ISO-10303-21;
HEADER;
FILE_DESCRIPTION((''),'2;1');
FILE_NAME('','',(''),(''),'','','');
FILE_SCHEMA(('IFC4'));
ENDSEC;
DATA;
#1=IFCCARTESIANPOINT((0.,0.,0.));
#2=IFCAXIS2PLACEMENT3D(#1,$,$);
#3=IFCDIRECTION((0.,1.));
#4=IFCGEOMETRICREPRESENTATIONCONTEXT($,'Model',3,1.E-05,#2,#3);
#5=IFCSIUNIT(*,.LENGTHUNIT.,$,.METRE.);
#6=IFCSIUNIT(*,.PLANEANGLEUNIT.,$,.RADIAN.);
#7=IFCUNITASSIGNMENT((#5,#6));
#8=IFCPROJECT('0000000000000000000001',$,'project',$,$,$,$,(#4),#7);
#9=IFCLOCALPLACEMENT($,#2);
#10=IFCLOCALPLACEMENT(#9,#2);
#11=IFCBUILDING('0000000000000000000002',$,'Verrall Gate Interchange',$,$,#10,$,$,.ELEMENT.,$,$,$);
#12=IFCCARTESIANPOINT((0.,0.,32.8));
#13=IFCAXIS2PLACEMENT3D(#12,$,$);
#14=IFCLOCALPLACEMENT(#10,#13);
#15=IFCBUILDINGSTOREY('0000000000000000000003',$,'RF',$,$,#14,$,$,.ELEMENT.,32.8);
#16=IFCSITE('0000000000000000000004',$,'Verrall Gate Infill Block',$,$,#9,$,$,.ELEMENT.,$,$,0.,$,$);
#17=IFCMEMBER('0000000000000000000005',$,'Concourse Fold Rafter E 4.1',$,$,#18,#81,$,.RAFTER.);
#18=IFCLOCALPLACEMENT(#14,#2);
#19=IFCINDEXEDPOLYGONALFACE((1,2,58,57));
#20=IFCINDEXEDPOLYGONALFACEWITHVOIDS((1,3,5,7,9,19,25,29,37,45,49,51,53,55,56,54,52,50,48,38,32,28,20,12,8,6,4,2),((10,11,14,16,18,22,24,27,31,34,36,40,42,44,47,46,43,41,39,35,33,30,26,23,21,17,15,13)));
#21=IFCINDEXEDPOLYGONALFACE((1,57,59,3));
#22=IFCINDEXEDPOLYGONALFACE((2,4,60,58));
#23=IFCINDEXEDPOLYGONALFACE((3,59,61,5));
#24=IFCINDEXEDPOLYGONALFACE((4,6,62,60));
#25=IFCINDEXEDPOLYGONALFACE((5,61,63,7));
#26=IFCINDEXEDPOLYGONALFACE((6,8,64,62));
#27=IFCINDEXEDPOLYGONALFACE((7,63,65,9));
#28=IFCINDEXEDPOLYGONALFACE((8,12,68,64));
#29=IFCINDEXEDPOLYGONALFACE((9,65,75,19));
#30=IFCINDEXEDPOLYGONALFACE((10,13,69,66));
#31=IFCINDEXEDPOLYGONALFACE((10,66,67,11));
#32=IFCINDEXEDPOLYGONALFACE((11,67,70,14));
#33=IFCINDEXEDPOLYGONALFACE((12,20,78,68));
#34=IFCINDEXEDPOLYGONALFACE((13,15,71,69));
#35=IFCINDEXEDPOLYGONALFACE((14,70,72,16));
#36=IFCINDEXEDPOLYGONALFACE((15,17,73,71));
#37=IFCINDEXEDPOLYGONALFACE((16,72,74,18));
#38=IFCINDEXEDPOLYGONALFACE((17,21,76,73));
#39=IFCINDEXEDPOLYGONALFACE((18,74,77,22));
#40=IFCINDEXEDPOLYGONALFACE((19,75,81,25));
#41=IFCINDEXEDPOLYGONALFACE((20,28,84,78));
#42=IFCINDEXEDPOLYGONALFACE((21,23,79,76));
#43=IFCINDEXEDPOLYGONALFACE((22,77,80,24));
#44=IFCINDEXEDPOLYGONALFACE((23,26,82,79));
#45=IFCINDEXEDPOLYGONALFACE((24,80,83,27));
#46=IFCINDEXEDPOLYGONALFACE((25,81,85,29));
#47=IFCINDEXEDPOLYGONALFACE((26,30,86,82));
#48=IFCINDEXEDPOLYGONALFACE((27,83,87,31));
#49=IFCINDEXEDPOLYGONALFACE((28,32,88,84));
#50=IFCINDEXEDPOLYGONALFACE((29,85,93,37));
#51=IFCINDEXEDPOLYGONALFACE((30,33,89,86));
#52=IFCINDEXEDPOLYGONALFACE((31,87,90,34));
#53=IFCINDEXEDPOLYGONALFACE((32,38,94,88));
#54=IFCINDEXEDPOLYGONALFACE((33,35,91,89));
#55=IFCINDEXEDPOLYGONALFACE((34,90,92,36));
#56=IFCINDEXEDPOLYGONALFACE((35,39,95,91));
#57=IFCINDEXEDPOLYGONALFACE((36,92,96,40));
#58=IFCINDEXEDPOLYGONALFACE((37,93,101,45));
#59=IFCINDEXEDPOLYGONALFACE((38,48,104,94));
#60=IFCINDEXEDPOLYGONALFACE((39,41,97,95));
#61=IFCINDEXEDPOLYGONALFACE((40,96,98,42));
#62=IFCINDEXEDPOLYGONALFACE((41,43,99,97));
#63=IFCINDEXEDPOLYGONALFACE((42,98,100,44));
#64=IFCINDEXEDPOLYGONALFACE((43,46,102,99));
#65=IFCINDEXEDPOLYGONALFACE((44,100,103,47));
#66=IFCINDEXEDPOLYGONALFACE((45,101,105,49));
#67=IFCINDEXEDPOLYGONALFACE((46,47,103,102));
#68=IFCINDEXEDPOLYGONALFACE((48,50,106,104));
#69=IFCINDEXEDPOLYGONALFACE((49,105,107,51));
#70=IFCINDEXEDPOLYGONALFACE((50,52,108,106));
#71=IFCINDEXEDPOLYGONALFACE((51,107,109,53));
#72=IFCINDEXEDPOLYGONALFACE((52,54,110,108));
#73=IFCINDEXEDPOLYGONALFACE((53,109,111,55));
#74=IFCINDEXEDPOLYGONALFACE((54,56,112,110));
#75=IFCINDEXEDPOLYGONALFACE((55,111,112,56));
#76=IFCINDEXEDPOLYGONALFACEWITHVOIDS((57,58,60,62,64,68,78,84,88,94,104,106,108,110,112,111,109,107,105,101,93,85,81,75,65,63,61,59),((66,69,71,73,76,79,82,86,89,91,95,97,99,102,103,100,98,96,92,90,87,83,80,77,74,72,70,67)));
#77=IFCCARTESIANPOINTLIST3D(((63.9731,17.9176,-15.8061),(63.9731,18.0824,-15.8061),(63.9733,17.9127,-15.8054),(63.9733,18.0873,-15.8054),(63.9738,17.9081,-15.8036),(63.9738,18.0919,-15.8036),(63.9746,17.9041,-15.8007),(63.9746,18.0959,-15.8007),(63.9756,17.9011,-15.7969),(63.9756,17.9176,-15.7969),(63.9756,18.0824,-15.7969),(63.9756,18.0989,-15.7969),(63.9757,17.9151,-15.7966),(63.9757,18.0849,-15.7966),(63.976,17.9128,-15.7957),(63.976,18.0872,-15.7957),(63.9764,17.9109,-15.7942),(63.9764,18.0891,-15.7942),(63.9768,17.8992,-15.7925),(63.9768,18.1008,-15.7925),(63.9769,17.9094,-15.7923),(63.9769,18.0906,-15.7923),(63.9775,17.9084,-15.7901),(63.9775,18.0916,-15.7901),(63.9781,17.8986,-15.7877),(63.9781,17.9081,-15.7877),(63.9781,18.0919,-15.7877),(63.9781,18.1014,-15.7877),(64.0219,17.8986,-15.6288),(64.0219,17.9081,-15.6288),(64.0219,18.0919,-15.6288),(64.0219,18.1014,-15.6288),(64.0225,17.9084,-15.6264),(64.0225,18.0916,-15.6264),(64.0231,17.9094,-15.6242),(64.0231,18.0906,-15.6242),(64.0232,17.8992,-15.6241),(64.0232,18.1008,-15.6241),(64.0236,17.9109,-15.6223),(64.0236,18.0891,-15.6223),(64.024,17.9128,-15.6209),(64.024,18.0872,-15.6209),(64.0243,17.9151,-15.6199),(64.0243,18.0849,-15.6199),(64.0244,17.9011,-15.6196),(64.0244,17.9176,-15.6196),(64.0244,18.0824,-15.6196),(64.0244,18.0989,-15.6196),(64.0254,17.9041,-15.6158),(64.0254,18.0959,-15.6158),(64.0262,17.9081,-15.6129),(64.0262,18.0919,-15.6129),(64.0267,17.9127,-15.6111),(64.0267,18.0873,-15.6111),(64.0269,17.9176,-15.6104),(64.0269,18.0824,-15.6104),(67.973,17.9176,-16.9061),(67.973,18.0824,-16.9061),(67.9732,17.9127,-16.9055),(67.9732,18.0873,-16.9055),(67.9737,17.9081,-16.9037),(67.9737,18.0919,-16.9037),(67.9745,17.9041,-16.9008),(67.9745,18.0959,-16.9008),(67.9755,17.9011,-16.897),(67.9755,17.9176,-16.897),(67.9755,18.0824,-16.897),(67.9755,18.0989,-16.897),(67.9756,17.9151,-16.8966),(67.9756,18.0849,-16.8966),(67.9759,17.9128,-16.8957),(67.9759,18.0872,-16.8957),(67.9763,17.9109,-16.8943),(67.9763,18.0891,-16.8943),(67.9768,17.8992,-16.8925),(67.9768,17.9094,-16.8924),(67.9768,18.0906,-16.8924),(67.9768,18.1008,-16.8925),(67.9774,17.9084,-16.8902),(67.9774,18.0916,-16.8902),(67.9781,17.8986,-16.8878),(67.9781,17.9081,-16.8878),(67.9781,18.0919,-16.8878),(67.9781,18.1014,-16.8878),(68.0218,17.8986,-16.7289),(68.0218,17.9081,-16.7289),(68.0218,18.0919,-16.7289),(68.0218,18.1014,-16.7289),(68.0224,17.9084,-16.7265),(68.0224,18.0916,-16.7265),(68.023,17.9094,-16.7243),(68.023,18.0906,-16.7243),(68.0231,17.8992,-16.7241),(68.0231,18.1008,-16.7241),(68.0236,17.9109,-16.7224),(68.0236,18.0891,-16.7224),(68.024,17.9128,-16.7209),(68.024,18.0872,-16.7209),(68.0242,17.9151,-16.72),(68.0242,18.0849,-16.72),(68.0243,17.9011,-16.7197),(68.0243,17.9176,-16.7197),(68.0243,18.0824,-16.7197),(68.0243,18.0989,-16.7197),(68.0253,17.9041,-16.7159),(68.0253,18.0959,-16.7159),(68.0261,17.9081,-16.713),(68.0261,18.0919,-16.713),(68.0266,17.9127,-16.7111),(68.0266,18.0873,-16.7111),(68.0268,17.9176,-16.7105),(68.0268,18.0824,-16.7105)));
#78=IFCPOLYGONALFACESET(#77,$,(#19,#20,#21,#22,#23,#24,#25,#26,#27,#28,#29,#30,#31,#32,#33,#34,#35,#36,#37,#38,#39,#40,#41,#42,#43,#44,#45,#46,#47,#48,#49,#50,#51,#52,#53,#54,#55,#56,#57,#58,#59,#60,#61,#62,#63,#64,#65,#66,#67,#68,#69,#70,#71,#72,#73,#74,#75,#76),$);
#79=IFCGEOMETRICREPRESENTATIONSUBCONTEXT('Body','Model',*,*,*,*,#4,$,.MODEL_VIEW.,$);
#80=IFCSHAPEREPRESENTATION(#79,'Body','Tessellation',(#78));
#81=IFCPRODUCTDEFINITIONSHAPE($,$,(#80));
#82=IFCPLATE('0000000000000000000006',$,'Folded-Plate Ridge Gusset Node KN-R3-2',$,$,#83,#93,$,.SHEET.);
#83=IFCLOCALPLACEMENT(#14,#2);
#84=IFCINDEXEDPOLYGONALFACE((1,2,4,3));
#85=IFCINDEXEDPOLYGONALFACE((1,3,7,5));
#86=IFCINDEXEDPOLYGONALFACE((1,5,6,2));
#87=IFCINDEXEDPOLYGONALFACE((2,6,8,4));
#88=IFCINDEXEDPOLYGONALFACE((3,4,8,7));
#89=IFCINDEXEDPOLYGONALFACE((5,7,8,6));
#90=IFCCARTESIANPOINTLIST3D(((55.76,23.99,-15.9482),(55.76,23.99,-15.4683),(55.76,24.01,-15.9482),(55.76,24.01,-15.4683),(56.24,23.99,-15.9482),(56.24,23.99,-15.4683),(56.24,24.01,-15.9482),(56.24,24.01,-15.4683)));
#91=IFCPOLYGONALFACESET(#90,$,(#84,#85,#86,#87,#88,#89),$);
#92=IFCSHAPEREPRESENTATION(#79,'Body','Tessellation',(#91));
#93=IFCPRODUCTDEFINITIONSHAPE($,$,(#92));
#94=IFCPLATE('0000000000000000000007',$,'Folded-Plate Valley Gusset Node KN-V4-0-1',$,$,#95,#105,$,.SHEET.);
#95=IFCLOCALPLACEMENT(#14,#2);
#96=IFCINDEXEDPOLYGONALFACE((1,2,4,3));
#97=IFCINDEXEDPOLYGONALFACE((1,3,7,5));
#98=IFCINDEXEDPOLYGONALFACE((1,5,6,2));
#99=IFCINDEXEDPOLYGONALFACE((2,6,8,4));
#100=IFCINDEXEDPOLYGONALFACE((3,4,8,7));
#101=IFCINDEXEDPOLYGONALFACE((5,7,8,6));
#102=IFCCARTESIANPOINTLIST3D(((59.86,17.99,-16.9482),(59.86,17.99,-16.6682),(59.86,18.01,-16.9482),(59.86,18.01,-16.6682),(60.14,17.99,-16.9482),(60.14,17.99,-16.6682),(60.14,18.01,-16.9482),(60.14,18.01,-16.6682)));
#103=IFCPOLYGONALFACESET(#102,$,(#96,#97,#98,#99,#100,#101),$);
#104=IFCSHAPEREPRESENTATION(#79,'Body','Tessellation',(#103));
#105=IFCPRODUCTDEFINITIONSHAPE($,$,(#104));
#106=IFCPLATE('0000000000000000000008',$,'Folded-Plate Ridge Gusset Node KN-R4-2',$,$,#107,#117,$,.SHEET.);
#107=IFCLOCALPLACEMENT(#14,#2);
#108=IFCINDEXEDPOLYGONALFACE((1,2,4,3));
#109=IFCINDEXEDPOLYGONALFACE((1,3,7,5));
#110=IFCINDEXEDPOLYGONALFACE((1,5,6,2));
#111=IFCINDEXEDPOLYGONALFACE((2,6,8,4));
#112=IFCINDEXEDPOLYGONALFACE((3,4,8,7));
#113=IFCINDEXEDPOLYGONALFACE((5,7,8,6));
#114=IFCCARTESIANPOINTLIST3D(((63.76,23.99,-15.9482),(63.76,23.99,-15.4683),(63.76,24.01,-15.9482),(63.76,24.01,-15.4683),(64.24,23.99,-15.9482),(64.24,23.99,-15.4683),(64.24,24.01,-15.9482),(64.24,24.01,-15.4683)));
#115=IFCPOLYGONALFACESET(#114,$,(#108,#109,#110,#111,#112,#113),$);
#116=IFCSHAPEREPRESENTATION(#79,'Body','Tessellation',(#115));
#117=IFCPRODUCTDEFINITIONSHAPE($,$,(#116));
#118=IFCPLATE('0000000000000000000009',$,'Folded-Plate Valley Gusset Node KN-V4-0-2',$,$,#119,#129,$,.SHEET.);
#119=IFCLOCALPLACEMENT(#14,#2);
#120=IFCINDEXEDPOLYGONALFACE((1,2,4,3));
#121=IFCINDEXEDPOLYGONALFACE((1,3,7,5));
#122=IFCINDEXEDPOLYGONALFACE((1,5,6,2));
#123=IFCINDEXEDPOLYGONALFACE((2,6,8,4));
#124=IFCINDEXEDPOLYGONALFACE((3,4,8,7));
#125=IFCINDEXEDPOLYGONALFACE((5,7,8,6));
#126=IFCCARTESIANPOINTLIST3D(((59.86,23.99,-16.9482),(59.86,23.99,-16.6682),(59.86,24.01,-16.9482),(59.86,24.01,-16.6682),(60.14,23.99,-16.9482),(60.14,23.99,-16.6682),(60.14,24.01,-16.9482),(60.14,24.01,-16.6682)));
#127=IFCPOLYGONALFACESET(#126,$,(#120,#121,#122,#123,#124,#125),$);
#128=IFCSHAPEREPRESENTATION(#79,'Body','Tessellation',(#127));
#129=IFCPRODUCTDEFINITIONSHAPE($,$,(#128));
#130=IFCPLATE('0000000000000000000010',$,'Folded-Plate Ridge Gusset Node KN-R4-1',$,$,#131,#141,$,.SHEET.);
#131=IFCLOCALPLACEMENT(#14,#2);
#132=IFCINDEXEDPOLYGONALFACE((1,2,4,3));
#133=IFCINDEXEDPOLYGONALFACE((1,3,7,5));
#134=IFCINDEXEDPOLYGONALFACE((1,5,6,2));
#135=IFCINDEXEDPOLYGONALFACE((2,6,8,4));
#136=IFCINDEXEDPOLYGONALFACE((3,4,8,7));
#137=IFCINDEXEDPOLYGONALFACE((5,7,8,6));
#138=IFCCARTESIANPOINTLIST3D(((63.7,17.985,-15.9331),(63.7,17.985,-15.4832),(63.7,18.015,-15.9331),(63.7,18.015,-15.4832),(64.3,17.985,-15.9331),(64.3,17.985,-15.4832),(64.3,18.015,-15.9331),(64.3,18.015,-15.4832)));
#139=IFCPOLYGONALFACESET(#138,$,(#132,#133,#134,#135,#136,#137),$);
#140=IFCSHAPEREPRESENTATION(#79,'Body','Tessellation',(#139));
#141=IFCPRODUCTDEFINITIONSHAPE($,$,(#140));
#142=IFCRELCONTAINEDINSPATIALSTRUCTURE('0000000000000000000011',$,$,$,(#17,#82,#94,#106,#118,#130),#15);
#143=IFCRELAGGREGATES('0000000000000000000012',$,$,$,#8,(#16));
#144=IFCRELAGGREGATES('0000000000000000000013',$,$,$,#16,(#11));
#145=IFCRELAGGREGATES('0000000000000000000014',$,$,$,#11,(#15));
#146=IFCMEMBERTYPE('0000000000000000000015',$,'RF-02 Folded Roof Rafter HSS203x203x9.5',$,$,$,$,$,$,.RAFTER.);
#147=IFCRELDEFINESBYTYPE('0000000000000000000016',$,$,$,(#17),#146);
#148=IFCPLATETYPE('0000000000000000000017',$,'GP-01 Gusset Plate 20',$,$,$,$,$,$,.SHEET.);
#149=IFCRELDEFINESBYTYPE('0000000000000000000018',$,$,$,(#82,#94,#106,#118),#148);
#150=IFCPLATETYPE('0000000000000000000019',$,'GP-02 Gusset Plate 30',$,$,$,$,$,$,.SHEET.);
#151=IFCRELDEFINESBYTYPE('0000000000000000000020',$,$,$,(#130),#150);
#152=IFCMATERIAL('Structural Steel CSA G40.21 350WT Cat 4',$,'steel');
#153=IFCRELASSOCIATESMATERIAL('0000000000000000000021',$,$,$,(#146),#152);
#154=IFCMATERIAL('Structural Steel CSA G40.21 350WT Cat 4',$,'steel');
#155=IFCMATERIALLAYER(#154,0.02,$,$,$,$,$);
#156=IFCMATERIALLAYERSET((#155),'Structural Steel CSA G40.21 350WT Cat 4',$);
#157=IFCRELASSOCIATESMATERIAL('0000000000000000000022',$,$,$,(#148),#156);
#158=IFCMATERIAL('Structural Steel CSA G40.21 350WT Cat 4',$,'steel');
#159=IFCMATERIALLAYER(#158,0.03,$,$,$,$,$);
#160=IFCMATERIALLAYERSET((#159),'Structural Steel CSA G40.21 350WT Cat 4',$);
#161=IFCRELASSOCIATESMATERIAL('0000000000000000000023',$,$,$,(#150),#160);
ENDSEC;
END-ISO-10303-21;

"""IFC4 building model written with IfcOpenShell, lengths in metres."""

from ifc_helpers import new_model, si_unit, direction, frame, origin, origin_2d, place, context, subcontext, project, spatial, rectangle, hollow_rectangle, extrude, material, layer, layer_set, material_profile, profile_set, type_object, element, save


model = new_model("IFC4")

# Units and contexts
model_context = context("Model", 3, precision=1e-05, world=origin(), true_north=direction((0.0, 1.0)))
body_context = subcontext(model_context, "Body", "Model", "MODEL_VIEW")
ifc_project = project(units=[si_unit("LENGTHUNIT", "METRE"), si_unit("PLANEANGLEUNIT", "RADIAN")], contexts=[model_context])

# Site, building, storey
site_placement = place(None, origin())
site = spatial("IfcSite", under=ifc_project, at=site_placement, Name="Verrall Gate Infill Block", CompositionType="ELEMENT", RefElevation=0.0)
building_placement = place(site_placement, origin())
building = spatial("IfcBuilding", under=site, at=building_placement, Name="Verrall Gate Interchange", CompositionType="ELEMENT")
storey_placement = place(building_placement, frame((0.0, 0.0, 32.8)))
storey = spatial("IfcBuildingStorey", under=building, at=storey_placement, Name="RF", CompositionType="ELEMENT", Elevation=32.8)

# Member
ifc_material_1 = material(Name="Structural Steel CSA G40.21 350WT Cat 4", Category="steel")
ifc_material_profile_1 = material_profile(ifc_material_1, hollow_rectangle(XDim=0.2029, YDim=0.2029, WallThickness=0.0095, InnerFilletRadius=0.0095, OuterFilletRadius=0.019, at=origin_2d()), Name="HSS203x203x9.5")
ifc_profile_set_1 = profile_set([ifc_material_profile_1], Name="Structural Steel CSA G40.21 350WT Cat 4")
member_type_1 = type_object("IfcMemberType", Name="RF-02 Folded Roof Rafter HSS203x203x9.5", PredefinedType="RAFTER", material=ifc_profile_set_1)
for number, where, z_axis, x_axis, name in (
    (1, (64.0, 18.0, -15.7083), (0.964199, 0.0, -0.265178), (0.0, 1.0, 0.0), "Concourse Fold Rafter E 4.1"),
):
    element("IfcMember", number, at=place(storey_placement, frame(where, z_axis=z_axis, x_axis=x_axis)), inside=storey, type_object=member_type_1, Name=name, PredefinedType="RAFTER", context=body_context, shape_type="SweptSolid", body=[
        extrude(hollow_rectangle(XDim=0.2029, YDim=0.2029, WallThickness=0.0095, InnerFilletRadius=0.0095, OuterFilletRadius=0.019, at=origin_2d()), origin(), (0.0, 0.0, 1.0), 4.1484),
    ])

# Plates
ifc_material_2 = material(Name="Structural Steel CSA G40.21 350WT Cat 4", Category="steel")
ifc_layer_1 = layer(ifc_material_2, 0.02)
ifc_layer_set_1 = layer_set([ifc_layer_1], Name="Structural Steel CSA G40.21 350WT Cat 4")
plate_type_1 = type_object("IfcPlateType", Name="GP-01 Gusset Plate 20", PredefinedType="SHEET", material=ifc_layer_set_1)
plate_1_placement = place(storey_placement, frame((56.0, 24.0, -15.9482), z_axis=(0.0, 0.0, 1.0), x_axis=(1.0, 0.0, 0.0)))
element("IfcPlate", 2, at=plate_1_placement, inside=storey, type_object=plate_type_1, Name="Folded-Plate Ridge Gusset Node KN-R3-2", PredefinedType="SHEET", context=body_context, shape_type="SweptSolid", body=[
    extrude(rectangle(XDim=0.48, YDim=0.02, at=origin_2d()), origin(), (0.0, 0.0, 1.0), 0.48),
])
plate_2_placement = place(storey_placement, frame((60.0, 18.0, -16.9482), z_axis=(0.0, 0.0, 1.0), x_axis=(1.0, 0.0, 0.0)))
element("IfcPlate", 3, at=plate_2_placement, inside=storey, type_object=plate_type_1, Name="Folded-Plate Valley Gusset Node KN-V4-0-1", PredefinedType="SHEET", context=body_context, shape_type="SweptSolid", body=[
    extrude(rectangle(XDim=0.28, YDim=0.02, at=origin_2d()), origin(), (0.0, 0.0, 1.0), 0.28),
])
plate_3_placement = place(storey_placement, frame((64.0, 24.0, -15.9482), z_axis=(0.0, 0.0, 1.0), x_axis=(1.0, 0.0, 0.0)))
element("IfcPlate", 4, at=plate_3_placement, inside=storey, type_object=plate_type_1, Name="Folded-Plate Ridge Gusset Node KN-R4-2", PredefinedType="SHEET", context=body_context, shape_type="SweptSolid", body=[
    extrude(rectangle(XDim=0.48, YDim=0.02, at=origin_2d()), origin(), (0.0, 0.0, 1.0), 0.48),
])
plate_4_placement = place(storey_placement, frame((60.0, 24.0, -16.9482), z_axis=(0.0, 0.0, 1.0), x_axis=(1.0, 0.0, 0.0)))
element("IfcPlate", 5, at=plate_4_placement, inside=storey, type_object=plate_type_1, Name="Folded-Plate Valley Gusset Node KN-V4-0-2", PredefinedType="SHEET", context=body_context, shape_type="SweptSolid", body=[
    extrude(rectangle(XDim=0.28, YDim=0.02, at=origin_2d()), origin(), (0.0, 0.0, 1.0), 0.28),
])
ifc_material_3 = material(Name="Structural Steel CSA G40.21 350WT Cat 4", Category="steel")
ifc_layer_2 = layer(ifc_material_3, 0.03)
ifc_layer_set_2 = layer_set([ifc_layer_2], Name="Structural Steel CSA G40.21 350WT Cat 4")
plate_type_2 = type_object("IfcPlateType", Name="GP-02 Gusset Plate 30", PredefinedType="SHEET", material=ifc_layer_set_2)
plate_5_placement = place(storey_placement, frame((64.0, 18.0, -15.9331), z_axis=(0.0, 0.0, 1.0), x_axis=(1.0, 0.0, 0.0)))
element("IfcPlate", 6, at=plate_5_placement, inside=storey, type_object=plate_type_2, Name="Folded-Plate Ridge Gusset Node KN-R4-1", PredefinedType="SHEET", context=body_context, shape_type="SweptSolid", body=[
    extrude(rectangle(XDim=0.6001, YDim=0.03, at=origin_2d()), origin(), (0.0, 0.0, 1.0), 0.45),
])

save(model, "model.ifc")
